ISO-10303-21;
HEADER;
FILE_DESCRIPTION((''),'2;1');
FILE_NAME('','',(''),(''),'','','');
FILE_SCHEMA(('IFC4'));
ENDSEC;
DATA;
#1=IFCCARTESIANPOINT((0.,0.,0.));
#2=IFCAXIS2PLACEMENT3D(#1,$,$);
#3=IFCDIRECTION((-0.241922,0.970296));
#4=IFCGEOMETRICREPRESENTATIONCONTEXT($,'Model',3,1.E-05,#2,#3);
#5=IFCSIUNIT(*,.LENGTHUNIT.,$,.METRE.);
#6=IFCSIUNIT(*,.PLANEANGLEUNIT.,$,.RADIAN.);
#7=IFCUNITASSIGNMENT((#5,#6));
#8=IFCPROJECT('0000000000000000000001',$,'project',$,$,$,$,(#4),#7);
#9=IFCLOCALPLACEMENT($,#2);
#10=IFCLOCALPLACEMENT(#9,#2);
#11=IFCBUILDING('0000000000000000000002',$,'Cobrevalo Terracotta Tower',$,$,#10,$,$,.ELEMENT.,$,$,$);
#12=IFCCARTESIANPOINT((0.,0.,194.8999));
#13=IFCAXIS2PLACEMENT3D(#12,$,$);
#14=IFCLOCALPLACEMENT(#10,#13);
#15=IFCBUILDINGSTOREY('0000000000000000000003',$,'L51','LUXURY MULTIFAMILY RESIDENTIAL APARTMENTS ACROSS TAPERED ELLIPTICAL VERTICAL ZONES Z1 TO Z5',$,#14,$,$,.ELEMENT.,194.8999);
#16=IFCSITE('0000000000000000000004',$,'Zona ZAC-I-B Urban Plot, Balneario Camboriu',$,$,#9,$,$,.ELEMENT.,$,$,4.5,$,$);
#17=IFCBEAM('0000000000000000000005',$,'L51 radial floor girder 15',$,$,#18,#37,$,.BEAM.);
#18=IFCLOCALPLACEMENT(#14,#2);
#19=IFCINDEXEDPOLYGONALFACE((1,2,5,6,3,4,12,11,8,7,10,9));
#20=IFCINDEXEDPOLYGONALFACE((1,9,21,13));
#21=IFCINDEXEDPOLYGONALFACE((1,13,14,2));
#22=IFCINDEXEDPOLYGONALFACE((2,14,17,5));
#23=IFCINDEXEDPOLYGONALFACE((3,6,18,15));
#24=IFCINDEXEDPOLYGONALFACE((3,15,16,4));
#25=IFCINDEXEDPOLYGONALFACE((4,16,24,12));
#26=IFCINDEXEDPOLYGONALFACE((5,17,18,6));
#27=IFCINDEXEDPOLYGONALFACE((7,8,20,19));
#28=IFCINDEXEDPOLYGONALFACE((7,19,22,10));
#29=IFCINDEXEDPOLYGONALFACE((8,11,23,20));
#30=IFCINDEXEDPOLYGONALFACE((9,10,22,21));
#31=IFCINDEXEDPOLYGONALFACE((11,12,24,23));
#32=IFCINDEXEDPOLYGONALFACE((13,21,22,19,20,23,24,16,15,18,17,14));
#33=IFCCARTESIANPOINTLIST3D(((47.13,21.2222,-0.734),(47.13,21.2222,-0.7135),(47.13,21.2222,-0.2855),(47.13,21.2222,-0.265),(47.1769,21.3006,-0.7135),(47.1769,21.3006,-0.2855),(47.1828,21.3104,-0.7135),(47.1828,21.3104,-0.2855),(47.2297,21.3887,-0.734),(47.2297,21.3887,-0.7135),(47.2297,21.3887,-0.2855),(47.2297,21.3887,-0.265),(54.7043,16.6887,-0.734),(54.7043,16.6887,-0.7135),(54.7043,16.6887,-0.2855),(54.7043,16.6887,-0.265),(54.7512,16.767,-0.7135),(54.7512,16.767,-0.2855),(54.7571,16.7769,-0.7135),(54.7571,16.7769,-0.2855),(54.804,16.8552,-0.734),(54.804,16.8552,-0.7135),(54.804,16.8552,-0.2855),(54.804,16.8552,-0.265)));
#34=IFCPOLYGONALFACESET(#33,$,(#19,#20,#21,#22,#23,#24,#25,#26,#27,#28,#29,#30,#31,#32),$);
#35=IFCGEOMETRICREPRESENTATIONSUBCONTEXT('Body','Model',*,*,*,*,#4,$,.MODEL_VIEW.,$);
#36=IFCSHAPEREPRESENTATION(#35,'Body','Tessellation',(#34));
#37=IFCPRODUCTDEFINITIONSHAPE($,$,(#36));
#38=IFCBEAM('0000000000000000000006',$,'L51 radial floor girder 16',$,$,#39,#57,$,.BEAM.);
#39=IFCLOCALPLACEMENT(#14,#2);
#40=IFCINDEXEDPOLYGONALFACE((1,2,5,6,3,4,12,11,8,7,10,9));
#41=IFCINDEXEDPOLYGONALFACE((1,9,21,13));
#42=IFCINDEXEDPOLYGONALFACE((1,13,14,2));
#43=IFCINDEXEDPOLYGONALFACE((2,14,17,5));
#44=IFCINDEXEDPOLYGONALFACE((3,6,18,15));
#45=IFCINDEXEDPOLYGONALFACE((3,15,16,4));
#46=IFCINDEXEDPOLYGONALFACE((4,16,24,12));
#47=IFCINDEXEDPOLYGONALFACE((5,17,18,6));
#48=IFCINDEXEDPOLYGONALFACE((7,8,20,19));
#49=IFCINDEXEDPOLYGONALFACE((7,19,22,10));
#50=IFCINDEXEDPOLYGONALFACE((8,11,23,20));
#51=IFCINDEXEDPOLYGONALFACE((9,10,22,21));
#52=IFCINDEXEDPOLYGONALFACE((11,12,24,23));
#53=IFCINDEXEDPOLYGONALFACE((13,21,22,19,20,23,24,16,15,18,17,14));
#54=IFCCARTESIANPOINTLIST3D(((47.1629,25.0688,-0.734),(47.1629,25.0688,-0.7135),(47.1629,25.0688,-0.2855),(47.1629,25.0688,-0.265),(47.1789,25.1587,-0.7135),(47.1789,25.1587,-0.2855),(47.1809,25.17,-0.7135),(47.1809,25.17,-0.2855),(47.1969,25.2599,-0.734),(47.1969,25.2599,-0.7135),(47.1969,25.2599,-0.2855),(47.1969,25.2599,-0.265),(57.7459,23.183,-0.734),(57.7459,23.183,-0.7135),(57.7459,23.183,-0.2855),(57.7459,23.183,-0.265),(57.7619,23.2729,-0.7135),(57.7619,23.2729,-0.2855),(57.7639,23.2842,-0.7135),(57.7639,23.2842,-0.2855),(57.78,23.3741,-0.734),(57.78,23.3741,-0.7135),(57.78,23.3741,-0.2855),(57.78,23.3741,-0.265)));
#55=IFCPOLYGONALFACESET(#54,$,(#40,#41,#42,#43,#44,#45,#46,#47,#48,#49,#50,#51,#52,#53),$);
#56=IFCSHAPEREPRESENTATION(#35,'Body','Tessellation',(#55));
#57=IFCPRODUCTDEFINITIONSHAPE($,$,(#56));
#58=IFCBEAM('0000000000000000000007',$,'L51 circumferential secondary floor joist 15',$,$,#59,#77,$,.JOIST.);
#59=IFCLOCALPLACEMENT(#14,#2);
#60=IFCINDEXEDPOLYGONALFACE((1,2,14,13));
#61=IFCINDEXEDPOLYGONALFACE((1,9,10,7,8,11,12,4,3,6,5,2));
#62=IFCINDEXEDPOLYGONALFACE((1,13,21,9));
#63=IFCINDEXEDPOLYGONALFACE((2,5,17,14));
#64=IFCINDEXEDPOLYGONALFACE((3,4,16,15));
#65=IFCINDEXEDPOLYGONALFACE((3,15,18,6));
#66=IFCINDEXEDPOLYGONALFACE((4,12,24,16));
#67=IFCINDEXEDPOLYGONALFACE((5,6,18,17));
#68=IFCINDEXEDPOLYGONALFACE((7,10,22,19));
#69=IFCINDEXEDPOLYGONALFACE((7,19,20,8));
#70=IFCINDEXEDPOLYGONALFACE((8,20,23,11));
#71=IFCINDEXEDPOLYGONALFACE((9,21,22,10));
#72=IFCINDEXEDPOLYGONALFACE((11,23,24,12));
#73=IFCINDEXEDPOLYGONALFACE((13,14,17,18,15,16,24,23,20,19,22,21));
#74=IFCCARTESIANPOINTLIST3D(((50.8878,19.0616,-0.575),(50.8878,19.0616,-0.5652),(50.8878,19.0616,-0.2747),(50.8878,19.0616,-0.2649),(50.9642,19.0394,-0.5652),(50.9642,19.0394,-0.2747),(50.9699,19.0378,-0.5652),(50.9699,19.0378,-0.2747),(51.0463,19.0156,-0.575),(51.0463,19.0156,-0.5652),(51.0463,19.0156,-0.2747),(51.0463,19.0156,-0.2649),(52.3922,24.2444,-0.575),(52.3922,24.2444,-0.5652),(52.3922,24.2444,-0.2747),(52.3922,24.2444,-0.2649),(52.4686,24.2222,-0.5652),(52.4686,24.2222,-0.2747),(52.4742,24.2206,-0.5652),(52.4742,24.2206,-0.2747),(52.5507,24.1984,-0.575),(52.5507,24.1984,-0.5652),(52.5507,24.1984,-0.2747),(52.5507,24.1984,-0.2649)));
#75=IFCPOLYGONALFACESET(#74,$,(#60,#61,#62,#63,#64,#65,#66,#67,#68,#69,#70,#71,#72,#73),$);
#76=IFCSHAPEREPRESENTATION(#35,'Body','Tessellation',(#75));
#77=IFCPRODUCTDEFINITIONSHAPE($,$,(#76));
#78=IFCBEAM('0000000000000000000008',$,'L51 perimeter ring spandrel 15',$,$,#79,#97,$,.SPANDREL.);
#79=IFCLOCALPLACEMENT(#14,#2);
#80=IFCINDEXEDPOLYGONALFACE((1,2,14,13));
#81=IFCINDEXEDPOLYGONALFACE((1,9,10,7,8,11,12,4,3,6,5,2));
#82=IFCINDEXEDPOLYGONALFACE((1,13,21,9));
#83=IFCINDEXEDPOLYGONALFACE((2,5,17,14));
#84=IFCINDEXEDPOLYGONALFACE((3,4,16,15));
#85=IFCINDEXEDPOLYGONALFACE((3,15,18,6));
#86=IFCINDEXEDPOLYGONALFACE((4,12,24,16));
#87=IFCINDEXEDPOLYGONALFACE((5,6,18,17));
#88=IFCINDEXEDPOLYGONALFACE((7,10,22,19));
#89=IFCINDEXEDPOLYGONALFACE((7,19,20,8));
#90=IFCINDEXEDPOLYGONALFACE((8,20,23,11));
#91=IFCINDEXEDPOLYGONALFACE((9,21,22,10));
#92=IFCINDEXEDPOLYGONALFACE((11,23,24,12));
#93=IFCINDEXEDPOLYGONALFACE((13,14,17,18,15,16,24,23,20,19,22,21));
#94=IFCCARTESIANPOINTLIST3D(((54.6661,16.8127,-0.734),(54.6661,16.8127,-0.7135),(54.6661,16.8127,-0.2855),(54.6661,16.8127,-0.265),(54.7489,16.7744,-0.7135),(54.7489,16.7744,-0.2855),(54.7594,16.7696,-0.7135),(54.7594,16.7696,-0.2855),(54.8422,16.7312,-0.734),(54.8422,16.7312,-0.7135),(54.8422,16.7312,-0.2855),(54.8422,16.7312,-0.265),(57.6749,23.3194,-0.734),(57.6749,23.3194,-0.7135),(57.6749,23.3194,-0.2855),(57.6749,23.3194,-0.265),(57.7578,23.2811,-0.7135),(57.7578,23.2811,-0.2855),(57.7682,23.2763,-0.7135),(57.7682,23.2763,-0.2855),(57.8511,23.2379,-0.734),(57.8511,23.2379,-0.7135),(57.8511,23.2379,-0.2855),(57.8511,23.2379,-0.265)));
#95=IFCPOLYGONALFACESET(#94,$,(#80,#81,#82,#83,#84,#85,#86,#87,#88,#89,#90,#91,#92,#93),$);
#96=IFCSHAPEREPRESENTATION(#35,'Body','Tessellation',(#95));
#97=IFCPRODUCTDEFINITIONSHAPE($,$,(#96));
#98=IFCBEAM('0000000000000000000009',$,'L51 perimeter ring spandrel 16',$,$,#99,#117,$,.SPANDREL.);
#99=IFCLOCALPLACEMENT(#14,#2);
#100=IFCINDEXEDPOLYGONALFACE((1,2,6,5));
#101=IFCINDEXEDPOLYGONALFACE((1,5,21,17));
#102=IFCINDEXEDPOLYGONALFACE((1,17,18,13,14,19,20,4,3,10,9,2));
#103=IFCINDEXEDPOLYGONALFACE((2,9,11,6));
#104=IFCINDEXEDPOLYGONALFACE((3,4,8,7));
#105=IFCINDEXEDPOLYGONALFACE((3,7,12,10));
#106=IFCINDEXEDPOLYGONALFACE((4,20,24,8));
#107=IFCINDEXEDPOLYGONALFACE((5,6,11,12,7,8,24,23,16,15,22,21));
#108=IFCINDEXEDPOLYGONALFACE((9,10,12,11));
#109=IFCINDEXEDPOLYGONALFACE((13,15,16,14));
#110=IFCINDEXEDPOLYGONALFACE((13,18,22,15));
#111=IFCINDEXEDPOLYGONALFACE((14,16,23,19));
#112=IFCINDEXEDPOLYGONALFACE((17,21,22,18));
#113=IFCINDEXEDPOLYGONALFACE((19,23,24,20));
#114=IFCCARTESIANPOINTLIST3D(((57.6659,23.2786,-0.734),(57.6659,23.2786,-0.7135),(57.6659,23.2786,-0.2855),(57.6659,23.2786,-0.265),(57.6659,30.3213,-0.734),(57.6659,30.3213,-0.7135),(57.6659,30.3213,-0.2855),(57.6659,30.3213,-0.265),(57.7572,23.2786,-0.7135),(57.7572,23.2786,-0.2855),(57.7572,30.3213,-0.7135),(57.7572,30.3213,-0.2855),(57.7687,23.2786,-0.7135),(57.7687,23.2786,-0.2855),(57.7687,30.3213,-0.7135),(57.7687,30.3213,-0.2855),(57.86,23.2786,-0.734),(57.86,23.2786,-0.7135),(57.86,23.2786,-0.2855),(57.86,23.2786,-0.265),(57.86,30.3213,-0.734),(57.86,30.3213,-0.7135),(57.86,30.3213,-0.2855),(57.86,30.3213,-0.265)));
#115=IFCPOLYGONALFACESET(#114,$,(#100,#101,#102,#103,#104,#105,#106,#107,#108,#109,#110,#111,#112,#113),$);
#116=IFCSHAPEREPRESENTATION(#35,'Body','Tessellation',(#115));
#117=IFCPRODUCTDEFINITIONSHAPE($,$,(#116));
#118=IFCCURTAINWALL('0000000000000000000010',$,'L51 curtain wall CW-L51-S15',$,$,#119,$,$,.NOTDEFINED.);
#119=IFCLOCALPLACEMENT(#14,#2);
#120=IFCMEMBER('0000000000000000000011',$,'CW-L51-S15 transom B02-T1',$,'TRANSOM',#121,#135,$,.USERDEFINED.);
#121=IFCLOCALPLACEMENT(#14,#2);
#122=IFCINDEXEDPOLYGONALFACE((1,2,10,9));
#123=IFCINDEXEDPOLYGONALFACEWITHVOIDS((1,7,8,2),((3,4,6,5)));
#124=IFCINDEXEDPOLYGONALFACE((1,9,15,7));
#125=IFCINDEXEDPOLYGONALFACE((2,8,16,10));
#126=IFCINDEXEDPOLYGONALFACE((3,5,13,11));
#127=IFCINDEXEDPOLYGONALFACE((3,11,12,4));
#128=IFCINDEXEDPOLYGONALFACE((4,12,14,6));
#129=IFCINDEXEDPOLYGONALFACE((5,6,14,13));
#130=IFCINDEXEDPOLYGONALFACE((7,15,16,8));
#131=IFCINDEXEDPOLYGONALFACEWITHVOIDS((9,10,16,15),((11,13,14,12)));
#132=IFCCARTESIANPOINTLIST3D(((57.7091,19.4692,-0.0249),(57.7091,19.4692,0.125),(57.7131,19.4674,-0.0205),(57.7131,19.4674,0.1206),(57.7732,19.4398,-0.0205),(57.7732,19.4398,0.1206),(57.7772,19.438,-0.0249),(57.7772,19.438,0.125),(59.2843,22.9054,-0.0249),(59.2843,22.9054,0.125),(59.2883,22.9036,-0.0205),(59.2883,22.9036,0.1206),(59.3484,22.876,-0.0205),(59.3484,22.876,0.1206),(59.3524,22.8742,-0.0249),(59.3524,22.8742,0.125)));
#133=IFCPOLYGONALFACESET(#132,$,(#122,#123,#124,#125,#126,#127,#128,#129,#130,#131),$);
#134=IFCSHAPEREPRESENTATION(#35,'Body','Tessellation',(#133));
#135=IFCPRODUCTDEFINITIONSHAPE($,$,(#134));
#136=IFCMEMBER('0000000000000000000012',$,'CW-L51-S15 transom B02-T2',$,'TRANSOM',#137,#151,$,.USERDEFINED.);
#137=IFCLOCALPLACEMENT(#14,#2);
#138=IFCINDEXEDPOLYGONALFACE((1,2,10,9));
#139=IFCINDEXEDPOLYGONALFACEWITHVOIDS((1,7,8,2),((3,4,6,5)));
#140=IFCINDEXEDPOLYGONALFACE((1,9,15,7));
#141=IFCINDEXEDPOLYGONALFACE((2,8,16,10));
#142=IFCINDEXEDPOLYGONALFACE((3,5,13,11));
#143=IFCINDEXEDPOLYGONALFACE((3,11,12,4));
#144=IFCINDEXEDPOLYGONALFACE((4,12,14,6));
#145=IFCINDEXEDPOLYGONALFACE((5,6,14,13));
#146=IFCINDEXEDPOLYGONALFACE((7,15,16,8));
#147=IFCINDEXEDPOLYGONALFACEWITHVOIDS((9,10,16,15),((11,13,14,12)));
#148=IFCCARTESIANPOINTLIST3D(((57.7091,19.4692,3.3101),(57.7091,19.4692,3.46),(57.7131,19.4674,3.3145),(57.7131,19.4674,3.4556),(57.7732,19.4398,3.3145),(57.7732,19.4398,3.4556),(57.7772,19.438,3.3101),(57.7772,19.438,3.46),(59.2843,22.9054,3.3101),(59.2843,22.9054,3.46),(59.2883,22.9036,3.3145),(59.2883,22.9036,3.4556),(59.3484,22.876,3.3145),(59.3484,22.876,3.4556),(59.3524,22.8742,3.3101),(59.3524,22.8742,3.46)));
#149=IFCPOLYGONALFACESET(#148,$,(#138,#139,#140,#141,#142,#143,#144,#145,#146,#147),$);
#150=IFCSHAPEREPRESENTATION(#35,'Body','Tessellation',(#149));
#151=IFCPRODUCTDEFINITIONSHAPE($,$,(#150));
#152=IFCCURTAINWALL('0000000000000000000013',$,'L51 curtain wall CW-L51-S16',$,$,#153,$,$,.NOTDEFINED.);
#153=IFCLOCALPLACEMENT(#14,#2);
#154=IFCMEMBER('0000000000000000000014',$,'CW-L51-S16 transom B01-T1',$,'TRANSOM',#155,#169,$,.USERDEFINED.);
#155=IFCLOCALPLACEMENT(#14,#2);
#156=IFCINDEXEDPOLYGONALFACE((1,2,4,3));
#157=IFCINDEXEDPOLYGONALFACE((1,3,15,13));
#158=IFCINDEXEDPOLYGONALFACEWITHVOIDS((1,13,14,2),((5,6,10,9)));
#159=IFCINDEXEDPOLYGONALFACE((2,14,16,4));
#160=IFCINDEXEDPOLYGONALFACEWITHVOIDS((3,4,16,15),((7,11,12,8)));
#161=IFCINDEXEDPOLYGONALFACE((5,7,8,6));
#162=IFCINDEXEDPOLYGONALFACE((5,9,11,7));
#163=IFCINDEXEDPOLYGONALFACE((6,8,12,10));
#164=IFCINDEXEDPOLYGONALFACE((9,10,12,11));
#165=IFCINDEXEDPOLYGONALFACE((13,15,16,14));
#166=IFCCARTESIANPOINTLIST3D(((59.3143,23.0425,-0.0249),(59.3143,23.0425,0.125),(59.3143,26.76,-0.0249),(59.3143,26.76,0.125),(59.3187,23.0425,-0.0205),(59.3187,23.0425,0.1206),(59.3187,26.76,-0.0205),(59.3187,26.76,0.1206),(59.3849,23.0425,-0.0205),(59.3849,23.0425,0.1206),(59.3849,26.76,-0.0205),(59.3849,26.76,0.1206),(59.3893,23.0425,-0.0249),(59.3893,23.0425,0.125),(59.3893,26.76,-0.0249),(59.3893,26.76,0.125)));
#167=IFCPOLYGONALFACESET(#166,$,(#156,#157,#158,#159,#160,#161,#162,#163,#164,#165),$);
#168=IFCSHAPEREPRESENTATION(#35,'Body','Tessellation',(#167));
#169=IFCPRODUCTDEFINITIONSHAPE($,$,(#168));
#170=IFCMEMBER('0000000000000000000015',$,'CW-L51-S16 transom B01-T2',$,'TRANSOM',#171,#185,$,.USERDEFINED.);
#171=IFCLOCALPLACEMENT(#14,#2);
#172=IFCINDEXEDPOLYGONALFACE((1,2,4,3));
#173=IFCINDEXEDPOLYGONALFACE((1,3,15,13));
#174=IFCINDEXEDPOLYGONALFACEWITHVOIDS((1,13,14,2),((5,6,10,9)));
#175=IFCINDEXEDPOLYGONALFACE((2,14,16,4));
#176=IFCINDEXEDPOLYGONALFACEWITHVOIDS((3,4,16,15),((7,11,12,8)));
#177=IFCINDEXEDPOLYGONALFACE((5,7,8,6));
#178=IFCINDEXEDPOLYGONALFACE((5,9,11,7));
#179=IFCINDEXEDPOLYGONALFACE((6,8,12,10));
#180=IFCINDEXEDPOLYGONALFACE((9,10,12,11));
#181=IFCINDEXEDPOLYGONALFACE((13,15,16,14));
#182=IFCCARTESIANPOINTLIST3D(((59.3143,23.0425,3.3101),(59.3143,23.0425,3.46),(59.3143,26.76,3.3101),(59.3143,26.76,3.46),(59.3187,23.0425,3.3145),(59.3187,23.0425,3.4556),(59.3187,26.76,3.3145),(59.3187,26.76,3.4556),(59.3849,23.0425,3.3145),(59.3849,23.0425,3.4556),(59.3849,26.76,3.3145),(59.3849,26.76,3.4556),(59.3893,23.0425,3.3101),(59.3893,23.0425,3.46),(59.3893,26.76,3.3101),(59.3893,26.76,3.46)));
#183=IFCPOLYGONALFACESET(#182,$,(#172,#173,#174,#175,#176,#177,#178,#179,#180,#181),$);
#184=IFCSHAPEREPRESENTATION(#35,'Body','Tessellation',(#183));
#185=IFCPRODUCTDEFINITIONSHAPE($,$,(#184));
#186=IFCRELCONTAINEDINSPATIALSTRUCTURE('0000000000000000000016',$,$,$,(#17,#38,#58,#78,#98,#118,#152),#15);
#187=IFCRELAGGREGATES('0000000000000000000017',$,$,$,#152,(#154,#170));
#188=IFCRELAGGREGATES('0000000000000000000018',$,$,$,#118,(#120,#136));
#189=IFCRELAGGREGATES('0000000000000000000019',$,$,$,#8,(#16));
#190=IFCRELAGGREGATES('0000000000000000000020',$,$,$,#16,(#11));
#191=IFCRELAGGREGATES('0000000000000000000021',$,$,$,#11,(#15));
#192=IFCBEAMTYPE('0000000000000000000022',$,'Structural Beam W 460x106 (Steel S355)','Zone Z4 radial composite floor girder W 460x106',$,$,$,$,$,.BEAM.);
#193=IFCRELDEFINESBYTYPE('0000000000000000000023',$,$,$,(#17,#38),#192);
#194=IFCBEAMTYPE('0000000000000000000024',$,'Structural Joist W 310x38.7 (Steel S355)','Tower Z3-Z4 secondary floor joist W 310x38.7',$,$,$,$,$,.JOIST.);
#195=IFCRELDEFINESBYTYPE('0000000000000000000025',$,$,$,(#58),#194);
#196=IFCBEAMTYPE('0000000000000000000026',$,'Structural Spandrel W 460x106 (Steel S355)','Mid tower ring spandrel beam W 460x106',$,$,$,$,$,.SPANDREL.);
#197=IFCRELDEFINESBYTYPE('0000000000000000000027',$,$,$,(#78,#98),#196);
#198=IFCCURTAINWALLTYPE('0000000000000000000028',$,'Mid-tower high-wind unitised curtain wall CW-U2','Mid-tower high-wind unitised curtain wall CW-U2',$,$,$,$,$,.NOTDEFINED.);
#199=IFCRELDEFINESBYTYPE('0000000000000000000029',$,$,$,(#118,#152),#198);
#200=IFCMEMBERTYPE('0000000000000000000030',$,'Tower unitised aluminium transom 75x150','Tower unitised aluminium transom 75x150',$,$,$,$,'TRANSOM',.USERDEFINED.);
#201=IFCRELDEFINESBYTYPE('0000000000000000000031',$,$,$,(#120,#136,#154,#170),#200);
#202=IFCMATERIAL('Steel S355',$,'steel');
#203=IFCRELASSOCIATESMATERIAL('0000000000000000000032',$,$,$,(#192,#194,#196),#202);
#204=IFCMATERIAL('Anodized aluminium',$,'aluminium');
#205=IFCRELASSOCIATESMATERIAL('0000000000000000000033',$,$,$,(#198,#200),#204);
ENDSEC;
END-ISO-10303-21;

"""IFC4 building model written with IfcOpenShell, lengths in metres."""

from ifc_helpers import new_model, si_unit, direction, frame, origin, origin_2d, place, context, subcontext, project, spatial, hollow_rectangle, i_section, extrude, source, transform, mapped, material, material_profile, profile_set, type_object, element, aggregate, save


model = new_model("IFC4")

# Units and contexts
model_context = context("Model", 3, precision=1e-05, world=origin(), true_north=direction((-0.241922, 0.970296)))
body_context = subcontext(model_context, "Body", "Model", "MODEL_VIEW")
ifc_project = project(units=[si_unit("LENGTHUNIT", "METRE"), si_unit("PLANEANGLEUNIT", "RADIAN")], contexts=[model_context])

# Site, building, storey
site_placement = place(None, origin())
site = spatial("IfcSite", under=ifc_project, at=site_placement, Name="Zona ZAC-I-B Urban Plot, Balneario Camboriu", CompositionType="ELEMENT", RefElevation=4.5)
building_placement = place(site_placement, origin())
building = spatial("IfcBuilding", under=site, at=building_placement, Name="Cobrevalo Terracotta Tower", CompositionType="ELEMENT")
storey_placement = place(building_placement, frame((0.0, 0.0, 194.8999)))
storey = spatial("IfcBuildingStorey", under=building, at=storey_placement, Name="L51", Description="LUXURY MULTIFAMILY RESIDENTIAL APARTMENTS ACROSS TAPERED ELLIPTICAL VERTICAL ZONES Z1 TO Z5", CompositionType="ELEMENT", Elevation=194.8999)

# Shared definitions
ifc_material_1 = material(Name="Steel S355", Category="steel")

# Beams
ifc_material_profile_1 = material_profile(ifc_material_1, i_section(OverallWidth=0.1941, OverallDepth=0.469, WebThickness=0.0115, FlangeThickness=0.0205, at=origin_2d()), Name="W 460x106")
ifc_profile_set_1 = profile_set([ifc_material_profile_1], Name="Steel S355")
beam_type_1 = type_object("IfcBeamType", Name="Structural Beam W 460x106 (Steel S355)", Description="Zone Z4 radial composite floor girder W 460x106", PredefinedType="BEAM", material=ifc_profile_set_1)
beam_1_placement = place(storey_placement, frame((54.7542, 16.772, -0.4995), z_axis=(-0.858046, 0.513572, 0.0), x_axis=(-0.513572, -0.858046, 0.0)))
element("IfcBeam", 1, at=beam_1_placement, inside=storey, type_object=beam_type_1, Name="L51 radial floor girder 15", PredefinedType="BEAM", context=body_context, shape_type="SweptSolid", body=[
    extrude(i_section(OverallWidth=0.1941, OverallDepth=0.469, WebThickness=0.0115, FlangeThickness=0.0205, at=origin_2d()), origin(), (0.0, 0.0, 1.0), 8.8274),
])
beam_2_placement = place(storey_placement, frame((57.7629, 23.2786, -0.4995), z_axis=(-0.984493, 0.175423, 0.0), x_axis=(-0.175423, -0.984493, 0.0)))
element("IfcBeam", 2, at=beam_2_placement, inside=storey, type_object=beam_type_1, Name="L51 radial floor girder 16", PredefinedType="BEAM", context=body_context, shape_type="SweptSolid", body=[
    extrude(i_section(OverallWidth=0.1941, OverallDepth=0.469, WebThickness=0.0115, FlangeThickness=0.0205, at=origin_2d()), origin(), (0.0, 0.0, 1.0), 10.7498),
])
ifc_material_profile_2 = material_profile(ifc_material_1, i_section(OverallWidth=0.165, OverallDepth=0.3101, WebThickness=0.0059, FlangeThickness=0.0098, at=origin_2d()), Name="W 310x38.7")
ifc_profile_set_2 = profile_set([ifc_material_profile_2], Name="Steel S355")
beam_type_2 = type_object("IfcBeamType", Name="Structural Joist W 310x38.7 (Steel S355)", Description="Tower Z3-Z4 secondary floor joist W 310x38.7", PredefinedType="JOIST", material=ifc_profile_set_2)
beam_3_placement = place(storey_placement, frame((50.967, 19.0386, -0.4199), z_axis=(0.278758, 0.960361, 0.0), x_axis=(-0.960361, 0.278758, 0.0)))
element("IfcBeam", 3, at=beam_3_placement, inside=storey, type_object=beam_type_2, Name="L51 circumferential secondary floor joist 15", PredefinedType="JOIST", context=body_context, shape_type="SweptSolid", body=[
    extrude(i_section(OverallWidth=0.165, OverallDepth=0.3101, WebThickness=0.0059, FlangeThickness=0.0098, at=origin_2d()), origin(), (0.0, 0.0, 1.0), 5.3967),
])
ifc_material_profile_3 = material_profile(ifc_material_1, i_section(OverallWidth=0.1941, OverallDepth=0.469, WebThickness=0.0115, FlangeThickness=0.0205, at=origin_2d()), Name="W 460x106")
ifc_profile_set_3 = profile_set([ifc_material_profile_3], Name="Steel S355")
beam_type_3 = type_object("IfcBeamType", Name="Structural Spandrel W 460x106 (Steel S355)", Description="Mid tower ring spandrel beam W 460x106", PredefinedType="SPANDREL", material=ifc_profile_set_3)
beam_4_placement = place(storey_placement, frame((54.7542, 16.772, -0.4995), z_axis=(0.419719, 0.907654, 0.0), x_axis=(-0.907654, 0.419719, 0.0)))
element("IfcBeam", 4, at=beam_4_placement, inside=storey, type_object=beam_type_3, Name="L51 perimeter ring spandrel 15", PredefinedType="SPANDREL", context=body_context, shape_type="SweptSolid", body=[
    extrude(i_section(OverallWidth=0.1941, OverallDepth=0.469, WebThickness=0.0115, FlangeThickness=0.0205, at=origin_2d()), origin(), (0.0, 0.0, 1.0), 7.1687),
])
beam_5_placement = place(storey_placement, frame((57.7629, 23.2786, -0.4995), z_axis=(0.0, 1.0, 0.0), x_axis=(-1.0, 0.0, 0.0)))
element("IfcBeam", 5, at=beam_5_placement, inside=storey, type_object=beam_type_3, Name="L51 perimeter ring spandrel 16", PredefinedType="SPANDREL", context=body_context, shape_type="SweptSolid", body=[
    extrude(i_section(OverallWidth=0.1941, OverallDepth=0.469, WebThickness=0.0115, FlangeThickness=0.0205, at=origin_2d()), origin(), (0.0, 0.0, 1.0), 7.0427),
])

# Curtain walls, members
ifc_material_2 = material(Name="Anodized aluminium", Category="aluminium")
curtain_wall_type = type_object("IfcCurtainWallType", Name="Mid-tower high-wind unitised curtain wall CW-U2", Description="Mid-tower high-wind unitised curtain wall CW-U2", PredefinedType="NOTDEFINED", material=ifc_material_2)
curtain_wall_1_placement = place(storey_placement, origin())
curtain_wall_1 = element("IfcCurtainWall", 6, at=curtain_wall_1_placement, inside=storey, type_object=curtain_wall_type, Name="L51 curtain wall CW-L51-S15", PredefinedType="NOTDEFINED")
ifc_material_profile_4 = material_profile(ifc_material_2, hollow_rectangle(XDim=0.075, YDim=0.1499, WallThickness=0.0044, at=origin_2d()), Name="CWT 75x150")
ifc_profile_set_4 = profile_set([ifc_material_profile_4], Name="Anodized aluminium")
member_type_1 = type_object("IfcMemberType", Name="Tower unitised aluminium transom 75x150", Description="Tower unitised aluminium transom 75x150", ElementType="TRANSOM", PredefinedType="USERDEFINED", material=ifc_profile_set_4)
shared_shape_1 = source(origin(), body_context, "Body", "SweptSolid", [
    extrude(hollow_rectangle(XDim=0.075, YDim=0.1499, WallThickness=0.0044, at=origin_2d()), origin(), (0.0, 0.0, 1.0), 3.78),
])
member_1_placement = place(storey_placement, frame((57.7432, 19.4536, 0.05), z_axis=(0.416706, 0.909041, 0.0), x_axis=(-0.909041, 0.416706, 0.0)))
member_1 = element("IfcMember", 7, at=member_1_placement, type_object=member_type_1, Name="CW-L51-S15 transom B02-T1", ObjectType="TRANSOM", PredefinedType="USERDEFINED", context=body_context, shape_type="MappedRepresentation", body=[
    mapped(shared_shape_1, transform((0.0, 0.0, 0.0), scale=1.0)),
])
member_2_placement = place(storey_placement, frame((57.7432, 19.4536, 3.385), z_axis=(0.416706, 0.909041, 0.0), x_axis=(-0.909041, 0.416706, 0.0)))
member_2 = element("IfcMember", 8, at=member_2_placement, type_object=member_type_1, Name="CW-L51-S15 transom B02-T2", ObjectType="TRANSOM", PredefinedType="USERDEFINED", context=body_context, shape_type="MappedRepresentation", body=[
    mapped(shared_shape_1, transform((0.0, 0.0, 0.0), scale=1.0)),
])
curtain_wall_2_placement = place(storey_placement, origin())
curtain_wall_2 = element("IfcCurtainWall", 9, at=curtain_wall_2_placement, inside=storey, type_object=curtain_wall_type, Name="L51 curtain wall CW-L51-S16", PredefinedType="NOTDEFINED")
shared_shape_2 = source(origin(), body_context, "Body", "SweptSolid", [
    extrude(hollow_rectangle(XDim=0.075, YDim=0.1499, WallThickness=0.0044, at=origin_2d()), origin(), (0.0, 0.0, 1.0), 3.7175),
])
member_3_placement = place(storey_placement, frame((59.3518, 23.0425, 0.05), z_axis=(0.0, 1.0, 0.0), x_axis=(-1.0, 0.0, 0.0)))
member_3 = element("IfcMember", 10, at=member_3_placement, type_object=member_type_1, Name="CW-L51-S16 transom B01-T1", ObjectType="TRANSOM", PredefinedType="USERDEFINED", context=body_context, shape_type="MappedRepresentation", body=[
    mapped(shared_shape_2, transform((0.0, 0.0, 0.0), scale=1.0)),
])
member_4_placement = place(storey_placement, frame((59.3518, 23.0425, 3.385), z_axis=(0.0, 1.0, 0.0), x_axis=(-1.0, 0.0, 0.0)))
member_4 = element("IfcMember", 11, at=member_4_placement, type_object=member_type_1, Name="CW-L51-S16 transom B01-T2", ObjectType="TRANSOM", PredefinedType="USERDEFINED", context=body_context, shape_type="MappedRepresentation", body=[
    mapped(shared_shape_2, transform((0.0, 0.0, 0.0), scale=1.0)),
])

aggregate(curtain_wall_2, [member_3, member_4])

aggregate(curtain_wall_1, [member_1, member_2])

save(model, "model.ifc")
